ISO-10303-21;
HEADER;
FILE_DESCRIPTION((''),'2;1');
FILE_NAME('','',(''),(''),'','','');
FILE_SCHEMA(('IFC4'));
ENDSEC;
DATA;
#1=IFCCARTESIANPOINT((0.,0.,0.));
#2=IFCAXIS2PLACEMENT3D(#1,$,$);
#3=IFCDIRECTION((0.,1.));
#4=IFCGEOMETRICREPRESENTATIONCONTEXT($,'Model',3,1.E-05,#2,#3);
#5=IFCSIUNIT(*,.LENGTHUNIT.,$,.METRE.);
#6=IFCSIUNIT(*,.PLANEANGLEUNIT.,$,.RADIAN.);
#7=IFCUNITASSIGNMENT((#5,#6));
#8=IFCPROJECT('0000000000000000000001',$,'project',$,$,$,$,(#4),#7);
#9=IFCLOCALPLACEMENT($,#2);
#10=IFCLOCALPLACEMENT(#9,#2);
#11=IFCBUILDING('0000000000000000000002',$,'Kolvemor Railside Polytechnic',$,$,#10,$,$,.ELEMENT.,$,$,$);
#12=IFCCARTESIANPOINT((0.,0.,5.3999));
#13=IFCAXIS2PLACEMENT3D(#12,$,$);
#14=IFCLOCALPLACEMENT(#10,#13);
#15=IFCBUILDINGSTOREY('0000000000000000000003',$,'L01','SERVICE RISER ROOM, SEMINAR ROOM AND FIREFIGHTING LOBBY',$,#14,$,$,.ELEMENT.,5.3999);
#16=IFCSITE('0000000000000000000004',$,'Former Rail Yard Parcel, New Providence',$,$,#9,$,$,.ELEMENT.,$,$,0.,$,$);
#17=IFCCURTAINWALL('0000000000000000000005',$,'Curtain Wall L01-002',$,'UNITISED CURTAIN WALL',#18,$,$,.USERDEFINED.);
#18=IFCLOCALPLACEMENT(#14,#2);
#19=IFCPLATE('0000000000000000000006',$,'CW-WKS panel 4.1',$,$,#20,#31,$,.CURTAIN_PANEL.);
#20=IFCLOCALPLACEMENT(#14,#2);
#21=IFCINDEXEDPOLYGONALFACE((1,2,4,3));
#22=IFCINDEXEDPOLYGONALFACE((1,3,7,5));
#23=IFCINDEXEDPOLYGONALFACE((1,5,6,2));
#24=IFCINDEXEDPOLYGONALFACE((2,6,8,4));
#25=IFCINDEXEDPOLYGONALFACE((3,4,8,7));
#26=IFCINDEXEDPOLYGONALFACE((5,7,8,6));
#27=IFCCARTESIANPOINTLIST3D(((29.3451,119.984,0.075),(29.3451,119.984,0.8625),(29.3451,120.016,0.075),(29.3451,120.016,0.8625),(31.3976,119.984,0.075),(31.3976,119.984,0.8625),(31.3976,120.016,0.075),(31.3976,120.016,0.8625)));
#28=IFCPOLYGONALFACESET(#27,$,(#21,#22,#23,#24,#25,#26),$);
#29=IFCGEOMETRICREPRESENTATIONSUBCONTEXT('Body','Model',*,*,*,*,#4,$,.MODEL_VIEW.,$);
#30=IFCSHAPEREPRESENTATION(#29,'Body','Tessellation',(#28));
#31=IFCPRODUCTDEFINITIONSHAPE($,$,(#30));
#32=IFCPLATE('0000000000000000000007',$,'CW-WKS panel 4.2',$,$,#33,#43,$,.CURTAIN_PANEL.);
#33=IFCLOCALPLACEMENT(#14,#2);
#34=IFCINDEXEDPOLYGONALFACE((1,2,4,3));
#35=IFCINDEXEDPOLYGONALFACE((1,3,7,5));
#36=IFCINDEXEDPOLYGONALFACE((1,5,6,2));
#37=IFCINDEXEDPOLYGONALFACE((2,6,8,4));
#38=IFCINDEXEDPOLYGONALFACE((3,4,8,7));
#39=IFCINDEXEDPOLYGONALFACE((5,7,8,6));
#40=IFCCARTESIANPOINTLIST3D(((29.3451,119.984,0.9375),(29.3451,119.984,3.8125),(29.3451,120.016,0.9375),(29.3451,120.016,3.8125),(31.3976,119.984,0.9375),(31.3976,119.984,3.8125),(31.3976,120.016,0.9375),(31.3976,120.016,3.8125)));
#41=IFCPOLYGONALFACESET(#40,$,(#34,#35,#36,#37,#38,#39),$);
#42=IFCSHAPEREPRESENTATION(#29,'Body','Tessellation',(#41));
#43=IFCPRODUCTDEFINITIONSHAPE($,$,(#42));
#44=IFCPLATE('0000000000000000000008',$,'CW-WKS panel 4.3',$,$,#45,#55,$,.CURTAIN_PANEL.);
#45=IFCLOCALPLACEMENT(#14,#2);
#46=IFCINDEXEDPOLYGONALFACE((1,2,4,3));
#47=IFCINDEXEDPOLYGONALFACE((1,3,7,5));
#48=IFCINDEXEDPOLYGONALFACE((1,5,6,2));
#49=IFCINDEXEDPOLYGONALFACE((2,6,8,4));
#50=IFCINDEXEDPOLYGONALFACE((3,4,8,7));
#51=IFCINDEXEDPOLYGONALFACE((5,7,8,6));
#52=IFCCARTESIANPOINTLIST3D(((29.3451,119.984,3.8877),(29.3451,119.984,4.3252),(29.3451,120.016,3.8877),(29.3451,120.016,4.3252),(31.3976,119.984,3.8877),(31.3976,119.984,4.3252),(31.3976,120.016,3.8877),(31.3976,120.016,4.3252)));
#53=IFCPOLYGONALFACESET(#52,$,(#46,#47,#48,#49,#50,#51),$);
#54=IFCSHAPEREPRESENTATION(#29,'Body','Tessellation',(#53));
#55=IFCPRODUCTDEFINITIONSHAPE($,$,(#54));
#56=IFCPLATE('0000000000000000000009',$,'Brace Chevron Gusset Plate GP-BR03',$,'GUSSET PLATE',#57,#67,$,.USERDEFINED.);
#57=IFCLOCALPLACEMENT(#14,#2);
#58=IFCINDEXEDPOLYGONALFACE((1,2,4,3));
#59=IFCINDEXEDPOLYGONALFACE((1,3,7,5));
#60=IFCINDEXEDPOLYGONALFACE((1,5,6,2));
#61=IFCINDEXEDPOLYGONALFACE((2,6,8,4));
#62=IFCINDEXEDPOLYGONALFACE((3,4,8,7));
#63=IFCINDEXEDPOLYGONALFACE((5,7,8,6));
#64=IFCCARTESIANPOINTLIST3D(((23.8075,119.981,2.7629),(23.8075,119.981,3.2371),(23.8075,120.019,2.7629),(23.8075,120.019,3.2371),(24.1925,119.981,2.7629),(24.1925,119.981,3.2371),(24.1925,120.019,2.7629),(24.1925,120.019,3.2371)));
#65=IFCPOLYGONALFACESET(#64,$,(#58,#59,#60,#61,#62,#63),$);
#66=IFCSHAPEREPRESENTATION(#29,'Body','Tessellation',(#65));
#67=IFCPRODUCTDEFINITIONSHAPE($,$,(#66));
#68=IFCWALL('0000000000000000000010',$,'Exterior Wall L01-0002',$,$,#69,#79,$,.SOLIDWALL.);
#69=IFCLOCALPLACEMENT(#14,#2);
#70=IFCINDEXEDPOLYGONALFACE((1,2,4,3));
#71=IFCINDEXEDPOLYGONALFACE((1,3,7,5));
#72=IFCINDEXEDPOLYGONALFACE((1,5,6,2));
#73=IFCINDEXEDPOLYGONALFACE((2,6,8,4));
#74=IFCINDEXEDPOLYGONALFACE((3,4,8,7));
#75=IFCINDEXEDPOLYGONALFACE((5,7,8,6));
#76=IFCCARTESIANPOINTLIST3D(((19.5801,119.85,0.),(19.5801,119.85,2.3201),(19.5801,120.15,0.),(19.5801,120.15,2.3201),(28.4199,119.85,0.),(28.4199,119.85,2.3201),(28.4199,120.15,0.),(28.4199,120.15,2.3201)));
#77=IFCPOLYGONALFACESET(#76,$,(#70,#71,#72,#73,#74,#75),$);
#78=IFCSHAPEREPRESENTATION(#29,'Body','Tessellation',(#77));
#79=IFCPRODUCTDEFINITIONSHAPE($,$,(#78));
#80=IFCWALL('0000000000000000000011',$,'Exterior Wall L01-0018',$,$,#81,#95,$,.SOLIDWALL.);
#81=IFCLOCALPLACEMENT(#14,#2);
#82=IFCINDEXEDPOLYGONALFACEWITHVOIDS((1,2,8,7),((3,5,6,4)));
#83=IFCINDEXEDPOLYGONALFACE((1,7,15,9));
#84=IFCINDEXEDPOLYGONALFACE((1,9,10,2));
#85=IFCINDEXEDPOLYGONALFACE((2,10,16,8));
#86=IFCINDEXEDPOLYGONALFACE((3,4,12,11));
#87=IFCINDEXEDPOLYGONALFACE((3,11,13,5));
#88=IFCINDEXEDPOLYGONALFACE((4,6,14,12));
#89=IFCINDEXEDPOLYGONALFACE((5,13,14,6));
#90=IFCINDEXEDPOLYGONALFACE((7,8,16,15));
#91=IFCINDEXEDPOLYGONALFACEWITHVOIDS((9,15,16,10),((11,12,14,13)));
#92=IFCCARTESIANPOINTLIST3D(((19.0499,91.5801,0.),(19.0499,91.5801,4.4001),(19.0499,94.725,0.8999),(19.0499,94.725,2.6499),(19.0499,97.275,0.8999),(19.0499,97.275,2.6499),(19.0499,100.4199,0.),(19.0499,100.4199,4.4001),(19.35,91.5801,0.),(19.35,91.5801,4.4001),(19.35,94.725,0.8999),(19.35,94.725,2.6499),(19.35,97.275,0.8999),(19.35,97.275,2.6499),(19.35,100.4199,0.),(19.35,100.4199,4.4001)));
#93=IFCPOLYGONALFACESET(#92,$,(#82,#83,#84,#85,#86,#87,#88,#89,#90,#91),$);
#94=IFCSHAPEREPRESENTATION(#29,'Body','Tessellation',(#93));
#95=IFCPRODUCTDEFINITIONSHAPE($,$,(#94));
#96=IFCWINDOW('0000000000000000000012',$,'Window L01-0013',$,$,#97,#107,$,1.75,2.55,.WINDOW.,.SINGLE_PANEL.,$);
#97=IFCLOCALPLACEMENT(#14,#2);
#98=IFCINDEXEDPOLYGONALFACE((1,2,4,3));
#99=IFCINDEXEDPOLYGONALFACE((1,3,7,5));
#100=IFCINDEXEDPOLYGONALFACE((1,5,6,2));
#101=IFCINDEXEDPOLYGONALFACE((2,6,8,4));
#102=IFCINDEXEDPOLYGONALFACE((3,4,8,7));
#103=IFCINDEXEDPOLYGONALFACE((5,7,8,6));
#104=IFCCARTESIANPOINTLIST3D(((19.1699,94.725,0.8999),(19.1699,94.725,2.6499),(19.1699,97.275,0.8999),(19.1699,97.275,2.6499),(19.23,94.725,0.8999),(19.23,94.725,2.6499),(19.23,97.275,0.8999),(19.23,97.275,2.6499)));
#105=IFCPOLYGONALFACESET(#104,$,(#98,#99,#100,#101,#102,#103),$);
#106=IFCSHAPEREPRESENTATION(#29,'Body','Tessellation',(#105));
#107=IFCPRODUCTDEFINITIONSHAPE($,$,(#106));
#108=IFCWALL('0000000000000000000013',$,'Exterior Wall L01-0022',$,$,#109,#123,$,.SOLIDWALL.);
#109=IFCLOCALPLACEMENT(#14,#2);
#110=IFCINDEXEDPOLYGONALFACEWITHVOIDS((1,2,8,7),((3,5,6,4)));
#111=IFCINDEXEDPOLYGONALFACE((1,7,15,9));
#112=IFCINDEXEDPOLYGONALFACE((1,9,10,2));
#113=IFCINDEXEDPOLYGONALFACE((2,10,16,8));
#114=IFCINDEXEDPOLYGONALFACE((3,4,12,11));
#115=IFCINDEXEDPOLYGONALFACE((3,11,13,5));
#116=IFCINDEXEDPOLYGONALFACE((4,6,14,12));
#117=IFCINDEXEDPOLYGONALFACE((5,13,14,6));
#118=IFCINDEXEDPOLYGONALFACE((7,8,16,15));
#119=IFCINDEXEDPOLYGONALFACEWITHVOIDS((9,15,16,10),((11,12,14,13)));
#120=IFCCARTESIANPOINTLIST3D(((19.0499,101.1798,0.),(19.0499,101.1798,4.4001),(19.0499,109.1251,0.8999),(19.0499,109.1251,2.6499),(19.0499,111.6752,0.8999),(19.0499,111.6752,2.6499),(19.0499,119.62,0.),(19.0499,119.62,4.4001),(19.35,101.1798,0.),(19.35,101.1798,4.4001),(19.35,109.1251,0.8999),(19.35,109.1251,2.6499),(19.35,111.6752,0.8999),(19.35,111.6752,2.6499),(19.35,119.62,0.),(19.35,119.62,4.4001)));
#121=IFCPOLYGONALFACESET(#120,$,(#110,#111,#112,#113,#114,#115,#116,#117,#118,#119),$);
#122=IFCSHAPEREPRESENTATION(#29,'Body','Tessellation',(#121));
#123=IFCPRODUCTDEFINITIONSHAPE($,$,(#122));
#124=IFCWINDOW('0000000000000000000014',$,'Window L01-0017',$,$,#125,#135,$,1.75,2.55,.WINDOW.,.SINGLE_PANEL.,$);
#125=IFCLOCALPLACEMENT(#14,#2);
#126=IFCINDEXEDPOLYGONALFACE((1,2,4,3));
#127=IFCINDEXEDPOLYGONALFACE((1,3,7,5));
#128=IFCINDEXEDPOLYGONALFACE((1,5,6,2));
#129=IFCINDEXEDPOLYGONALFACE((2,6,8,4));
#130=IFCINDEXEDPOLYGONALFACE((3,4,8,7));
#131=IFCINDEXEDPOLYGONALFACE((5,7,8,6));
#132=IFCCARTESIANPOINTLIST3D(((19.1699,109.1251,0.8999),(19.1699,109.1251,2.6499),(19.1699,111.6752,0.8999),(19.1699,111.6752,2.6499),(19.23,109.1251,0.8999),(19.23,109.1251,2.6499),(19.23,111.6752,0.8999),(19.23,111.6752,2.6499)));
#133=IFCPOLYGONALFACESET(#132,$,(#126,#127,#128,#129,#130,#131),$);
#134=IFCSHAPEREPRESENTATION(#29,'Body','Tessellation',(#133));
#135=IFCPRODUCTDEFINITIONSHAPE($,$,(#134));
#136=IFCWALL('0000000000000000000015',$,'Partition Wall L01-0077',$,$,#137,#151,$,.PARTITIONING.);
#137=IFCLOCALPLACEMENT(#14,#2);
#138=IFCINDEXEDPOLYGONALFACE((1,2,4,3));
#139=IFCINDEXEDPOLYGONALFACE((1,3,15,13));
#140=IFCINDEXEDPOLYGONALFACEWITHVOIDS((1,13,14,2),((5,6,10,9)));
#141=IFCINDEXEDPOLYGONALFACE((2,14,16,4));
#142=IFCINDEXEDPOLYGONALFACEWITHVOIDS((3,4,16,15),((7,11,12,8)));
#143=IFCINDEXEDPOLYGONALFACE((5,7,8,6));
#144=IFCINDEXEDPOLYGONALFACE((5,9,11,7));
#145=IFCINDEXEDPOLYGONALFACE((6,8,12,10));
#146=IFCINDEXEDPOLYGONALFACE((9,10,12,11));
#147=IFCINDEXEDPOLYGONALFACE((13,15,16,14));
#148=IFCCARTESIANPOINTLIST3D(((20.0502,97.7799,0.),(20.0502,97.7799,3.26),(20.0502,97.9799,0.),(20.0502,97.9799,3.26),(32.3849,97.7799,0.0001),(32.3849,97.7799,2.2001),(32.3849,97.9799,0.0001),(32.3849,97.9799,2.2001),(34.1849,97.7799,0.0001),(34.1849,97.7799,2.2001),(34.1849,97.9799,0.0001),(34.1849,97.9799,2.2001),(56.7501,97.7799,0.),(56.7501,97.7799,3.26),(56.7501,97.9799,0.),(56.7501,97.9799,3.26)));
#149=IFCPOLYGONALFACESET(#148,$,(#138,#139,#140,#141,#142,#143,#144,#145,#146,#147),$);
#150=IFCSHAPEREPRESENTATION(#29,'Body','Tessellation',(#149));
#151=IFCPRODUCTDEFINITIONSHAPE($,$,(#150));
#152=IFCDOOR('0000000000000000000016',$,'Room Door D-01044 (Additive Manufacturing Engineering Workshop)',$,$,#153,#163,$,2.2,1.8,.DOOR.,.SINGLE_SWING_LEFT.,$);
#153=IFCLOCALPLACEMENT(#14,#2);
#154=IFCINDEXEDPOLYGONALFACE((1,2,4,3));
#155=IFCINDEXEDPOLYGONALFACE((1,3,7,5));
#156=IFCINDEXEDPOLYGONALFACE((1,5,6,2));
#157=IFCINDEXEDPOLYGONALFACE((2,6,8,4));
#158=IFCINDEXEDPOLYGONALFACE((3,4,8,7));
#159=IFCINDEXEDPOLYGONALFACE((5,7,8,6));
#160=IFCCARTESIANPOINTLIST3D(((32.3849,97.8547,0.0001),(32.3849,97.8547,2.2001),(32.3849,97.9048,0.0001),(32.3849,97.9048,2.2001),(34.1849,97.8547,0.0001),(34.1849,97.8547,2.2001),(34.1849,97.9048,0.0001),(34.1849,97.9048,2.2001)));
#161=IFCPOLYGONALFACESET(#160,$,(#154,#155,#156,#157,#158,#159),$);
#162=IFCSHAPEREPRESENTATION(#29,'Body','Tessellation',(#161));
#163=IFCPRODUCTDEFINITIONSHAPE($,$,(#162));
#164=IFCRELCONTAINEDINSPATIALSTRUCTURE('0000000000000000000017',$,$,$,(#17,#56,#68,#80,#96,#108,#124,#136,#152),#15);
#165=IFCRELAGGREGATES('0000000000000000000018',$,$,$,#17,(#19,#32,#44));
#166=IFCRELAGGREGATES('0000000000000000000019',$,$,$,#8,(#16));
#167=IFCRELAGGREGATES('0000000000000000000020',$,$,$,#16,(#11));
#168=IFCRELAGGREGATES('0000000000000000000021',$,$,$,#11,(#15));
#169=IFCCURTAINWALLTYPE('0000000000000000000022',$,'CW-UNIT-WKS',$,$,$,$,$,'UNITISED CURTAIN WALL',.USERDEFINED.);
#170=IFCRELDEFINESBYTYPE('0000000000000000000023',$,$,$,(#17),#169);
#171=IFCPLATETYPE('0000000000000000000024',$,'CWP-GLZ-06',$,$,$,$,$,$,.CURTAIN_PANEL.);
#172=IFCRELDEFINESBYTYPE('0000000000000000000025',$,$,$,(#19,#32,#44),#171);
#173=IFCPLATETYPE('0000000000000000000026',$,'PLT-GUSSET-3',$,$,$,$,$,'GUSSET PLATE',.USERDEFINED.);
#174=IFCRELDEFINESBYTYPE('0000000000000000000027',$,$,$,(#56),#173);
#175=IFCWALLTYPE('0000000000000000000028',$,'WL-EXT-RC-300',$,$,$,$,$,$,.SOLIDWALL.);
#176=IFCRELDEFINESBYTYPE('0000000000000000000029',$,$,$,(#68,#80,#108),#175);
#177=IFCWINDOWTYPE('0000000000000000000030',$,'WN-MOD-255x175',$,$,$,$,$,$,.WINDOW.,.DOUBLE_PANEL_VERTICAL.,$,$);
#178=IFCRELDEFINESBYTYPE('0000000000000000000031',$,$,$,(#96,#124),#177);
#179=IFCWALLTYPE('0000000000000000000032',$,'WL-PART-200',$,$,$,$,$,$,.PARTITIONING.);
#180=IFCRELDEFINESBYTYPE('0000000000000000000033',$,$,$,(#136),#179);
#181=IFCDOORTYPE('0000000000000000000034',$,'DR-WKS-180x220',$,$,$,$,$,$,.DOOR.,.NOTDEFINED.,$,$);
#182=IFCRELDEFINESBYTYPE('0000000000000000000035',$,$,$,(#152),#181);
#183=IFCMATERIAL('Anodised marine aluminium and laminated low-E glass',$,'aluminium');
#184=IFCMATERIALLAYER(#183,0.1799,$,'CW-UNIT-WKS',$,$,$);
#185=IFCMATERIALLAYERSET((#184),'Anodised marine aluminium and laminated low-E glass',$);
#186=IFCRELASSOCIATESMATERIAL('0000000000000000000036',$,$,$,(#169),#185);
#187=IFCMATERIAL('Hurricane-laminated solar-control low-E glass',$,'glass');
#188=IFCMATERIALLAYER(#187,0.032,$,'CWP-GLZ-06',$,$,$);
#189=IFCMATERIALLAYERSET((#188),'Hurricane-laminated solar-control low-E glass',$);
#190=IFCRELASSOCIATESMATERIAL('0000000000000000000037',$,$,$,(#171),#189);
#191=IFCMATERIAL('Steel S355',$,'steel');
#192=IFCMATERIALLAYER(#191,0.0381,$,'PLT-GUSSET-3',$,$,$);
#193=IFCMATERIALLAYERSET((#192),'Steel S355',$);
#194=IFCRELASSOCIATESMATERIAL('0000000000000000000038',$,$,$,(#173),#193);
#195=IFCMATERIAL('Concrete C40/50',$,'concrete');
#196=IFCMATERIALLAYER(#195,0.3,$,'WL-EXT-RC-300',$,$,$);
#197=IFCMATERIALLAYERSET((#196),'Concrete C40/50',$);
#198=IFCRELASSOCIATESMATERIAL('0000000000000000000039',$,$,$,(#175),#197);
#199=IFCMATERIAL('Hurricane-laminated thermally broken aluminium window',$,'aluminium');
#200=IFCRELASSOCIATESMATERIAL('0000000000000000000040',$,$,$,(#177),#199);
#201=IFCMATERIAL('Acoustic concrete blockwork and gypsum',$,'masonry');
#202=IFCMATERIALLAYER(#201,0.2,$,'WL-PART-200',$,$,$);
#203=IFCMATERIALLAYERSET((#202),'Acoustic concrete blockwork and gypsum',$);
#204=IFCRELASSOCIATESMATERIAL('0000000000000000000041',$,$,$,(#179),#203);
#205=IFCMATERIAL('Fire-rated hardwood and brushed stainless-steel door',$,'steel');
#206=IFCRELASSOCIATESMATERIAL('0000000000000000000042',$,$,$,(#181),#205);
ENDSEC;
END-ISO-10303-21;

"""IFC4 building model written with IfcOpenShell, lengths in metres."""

from ifc_helpers import new_model, si_unit, direction, frame, frame_2d, origin, origin_2d, place, context, subcontext, project, spatial, rectangle, extrude, material, layer, layer_set, type_object, element, fill, aggregate, save


model = new_model("IFC4")

# Units and contexts
model_context = context("Model", 3, precision=1e-05, world=origin(), true_north=direction((0.0, 1.0)))
body_context = subcontext(model_context, "Body", "Model", "MODEL_VIEW")
ifc_project = project(units=[si_unit("LENGTHUNIT", "METRE"), si_unit("PLANEANGLEUNIT", "RADIAN")], contexts=[model_context])

# Site, building, storey
site_placement = place(None, origin())
site = spatial("IfcSite", under=ifc_project, at=site_placement, Name="Former Rail Yard Parcel, New Providence", CompositionType="ELEMENT", RefElevation=0.0)
building_placement = place(site_placement, origin())
building = spatial("IfcBuilding", under=site, at=building_placement, Name="Kolvemor Railside Polytechnic", CompositionType="ELEMENT")
storey_placement = place(building_placement, frame((0.0, 0.0, 5.3999)))
storey = spatial("IfcBuildingStorey", under=building, at=storey_placement, Name="L01", Description="SERVICE RISER ROOM, SEMINAR ROOM AND FIREFIGHTING LOBBY", CompositionType="ELEMENT", Elevation=5.3999)

# Curtain wall
ifc_material_1 = material(Name="Anodised marine aluminium and laminated low-E glass", Category="aluminium")
ifc_layer_1 = layer(ifc_material_1, 0.1799, Name="CW-UNIT-WKS")
ifc_layer_set_1 = layer_set([ifc_layer_1], Name="Anodised marine aluminium and laminated low-E glass")
curtain_wall_type = type_object("IfcCurtainWallType", Name="CW-UNIT-WKS", ElementType="UNITISED CURTAIN WALL", PredefinedType="USERDEFINED", material=ifc_layer_set_1)
curtain_wall_placement = place(storey_placement, origin())
curtain_wall = element("IfcCurtainWall", 1, at=curtain_wall_placement, inside=storey, type_object=curtain_wall_type, Name="Curtain Wall L01-002", ObjectType="UNITISED CURTAIN WALL", PredefinedType="USERDEFINED")

# Plates
ifc_material_2 = material(Name="Hurricane-laminated solar-control low-E glass", Category="glass")
ifc_layer_2 = layer(ifc_material_2, 0.032, Name="CWP-GLZ-06")
ifc_layer_set_2 = layer_set([ifc_layer_2], Name="Hurricane-laminated solar-control low-E glass")
plate_type_1 = type_object("IfcPlateType", Name="CWP-GLZ-06", PredefinedType="CURTAIN_PANEL", material=ifc_layer_set_2)
plate_1_placement = place(storey_placement, frame((30.3713, 120.0, 0.075), z_axis=(0.0, 0.0, 1.0), x_axis=(-1.0, 0.0, 0.0)))
plate_1 = element("IfcPlate", 2, at=plate_1_placement, type_object=plate_type_1, Name="CW-WKS panel 4.1", PredefinedType="CURTAIN_PANEL", context=body_context, shape_type="SweptSolid", body=[
    extrude(rectangle(XDim=2.0525, YDim=0.032, at=origin_2d()), origin(), (0.0, 0.0, 1.0), 0.7876),
])
plate_2_placement = place(storey_placement, frame((30.3713, 120.0, 0.9375), z_axis=(0.0, 0.0, 1.0), x_axis=(-1.0, 0.0, 0.0)))
plate_2 = element("IfcPlate", 3, at=plate_2_placement, type_object=plate_type_1, Name="CW-WKS panel 4.2", PredefinedType="CURTAIN_PANEL", context=body_context, shape_type="SweptSolid", body=[
    extrude(rectangle(XDim=2.0525, YDim=0.032, at=origin_2d()), origin(), (0.0, 0.0, 1.0), 2.875),
])
plate_3_placement = place(storey_placement, frame((30.3713, 120.0, 3.8877), z_axis=(0.0, 0.0, 1.0), x_axis=(-1.0, 0.0, 0.0)))
plate_3 = element("IfcPlate", 4, at=plate_3_placement, type_object=plate_type_1, Name="CW-WKS panel 4.3", PredefinedType="CURTAIN_PANEL", context=body_context, shape_type="SweptSolid", body=[
    extrude(rectangle(XDim=2.0525, YDim=0.032, at=origin_2d()), origin(), (0.0, 0.0, 1.0), 0.4375),
])
aggregate(curtain_wall, [plate_1, plate_2, plate_3])
ifc_material_3 = material(Name="Steel S355", Category="steel")
ifc_layer_3 = layer(ifc_material_3, 0.0381, Name="PLT-GUSSET-3")
ifc_layer_set_3 = layer_set([ifc_layer_3], Name="Steel S355")
plate_type_2 = type_object("IfcPlateType", Name="PLT-GUSSET-3", ElementType="GUSSET PLATE", PredefinedType="USERDEFINED", material=ifc_layer_set_3)
plate_4_placement = place(storey_placement, frame((24.0, 120.0, 2.7629), z_axis=(0.0, 0.0, 1.0), x_axis=(1.0, 0.0, 0.0)))
element("IfcPlate", 5, at=plate_4_placement, inside=storey, type_object=plate_type_2, Name="Brace Chevron Gusset Plate GP-BR03", ObjectType="GUSSET PLATE", PredefinedType="USERDEFINED", context=body_context, shape_type="SweptSolid", body=[
    extrude(rectangle(XDim=0.385, YDim=0.0381, at=origin_2d()), origin(), (0.0, 0.0, 1.0), 0.4741),
])

# Wall
ifc_material_4 = material(Name="Concrete C40/50", Category="concrete")
ifc_layer_4 = layer(ifc_material_4, 0.3, Name="WL-EXT-RC-300")
ifc_layer_set_4 = layer_set([ifc_layer_4], Name="Concrete C40/50")
wall_type_1 = type_object("IfcWallType", Name="WL-EXT-RC-300", PredefinedType="SOLIDWALL", material=ifc_layer_set_4)
wall_1_placement = place(storey_placement, frame((28.4199, 120.0, 0.0), z_axis=(0.0, 0.0, 1.0), x_axis=(-1.0, 0.0, 0.0)))
element("IfcWall", 6, at=wall_1_placement, inside=storey, type_object=wall_type_1, Name="Exterior Wall L01-0002", PredefinedType="SOLIDWALL", context=body_context, shape_type="SweptSolid", body=[
    extrude(rectangle(XDim=8.8398, YDim=0.3, at=frame_2d((4.4199, 0.0))), origin(), (0.0, 0.0, 1.0), 2.3201),
])

# Walls, openings, windows
wall_2_placement = place(storey_placement, frame((19.2, 100.4199, 0.0), z_axis=(0.0, 0.0, 1.0), x_axis=(0.0, -1.0, 0.0)))
wall_2 = element("IfcWall", 7, at=wall_2_placement, inside=storey, type_object=wall_type_1, Name="Exterior Wall L01-0018", PredefinedType="SOLIDWALL", context=body_context, shape_type="SweptSolid", body=[
    extrude(rectangle(XDim=8.8398, YDim=0.3, at=frame_2d((4.4199, 0.0))), origin(), (0.0, 0.0, 1.0), 4.4001),
])
opening_1_placement = place(wall_2_placement, frame((3.145, 0.0, 0.8999)))
opening_1 = element("IfcOpeningElement", 8, at=opening_1_placement, cuts=wall_2, PredefinedType="OPENING", context=body_context, shape_type="SweptSolid", body=[
    extrude(rectangle(XDim=2.55, YDim=1.75, at=frame_2d((1.2749, 0.875))), frame((0.0, 0.1599, 0.0), z_axis=(0.0, -1.0, 0.0), x_axis=(1.0, 0.0, 0.0)), (0.0, 0.0, 1.0), 0.3201),
])
ifc_material_5 = material(Name="Hurricane-laminated thermally broken aluminium window", Category="aluminium")
window_type = type_object("IfcWindowType", Name="WN-MOD-255x175", PartitioningType="DOUBLE_PANEL_VERTICAL", PredefinedType="WINDOW", material=ifc_material_5)
window_1_placement = place(opening_1_placement, origin())
window_1 = element("IfcWindow", 9, at=window_1_placement, inside=storey, type_object=window_type, Name="Window L01-0013", OverallHeight=1.75, OverallWidth=2.55, PartitioningType="SINGLE_PANEL", PredefinedType="WINDOW", context=body_context, shape_type="SweptSolid", body=[
    extrude(rectangle(XDim=2.55, YDim=1.75, at=frame_2d((1.2749, 0.875))), frame((0.0, 0.03, 0.0), z_axis=(0.0, -1.0, 0.0), x_axis=(1.0, 0.0, 0.0)), (0.0, 0.0, 1.0), 0.0601),
])
fill(opening_1, window_1)
wall_3_placement = place(storey_placement, frame((19.2, 119.6201, 0.0), z_axis=(0.0, 0.0, 1.0), x_axis=(0.0, -1.0, 0.0)))
wall_3 = element("IfcWall", 10, at=wall_3_placement, inside=storey, type_object=wall_type_1, Name="Exterior Wall L01-0022", PredefinedType="SOLIDWALL", context=body_context, shape_type="SweptSolid", body=[
    extrude(rectangle(XDim=18.4402, YDim=0.3, at=frame_2d((9.2202, 0.0))), origin(), (0.0, 0.0, 1.0), 4.4001),
])
opening_2_placement = place(wall_3_placement, frame((7.9451, 0.0, 0.8999)))
opening_2 = element("IfcOpeningElement", 11, at=opening_2_placement, cuts=wall_3, PredefinedType="OPENING", context=body_context, shape_type="SweptSolid", body=[
    extrude(rectangle(XDim=2.55, YDim=1.75, at=frame_2d((1.2749, 0.875))), frame((0.0, 0.1599, 0.0), z_axis=(0.0, -1.0, 0.0), x_axis=(1.0, 0.0, 0.0)), (0.0, 0.0, 1.0), 0.3201),
])
window_2_placement = place(opening_2_placement, origin())
window_2 = element("IfcWindow", 12, at=window_2_placement, inside=storey, type_object=window_type, Name="Window L01-0017", OverallHeight=1.75, OverallWidth=2.55, PartitioningType="SINGLE_PANEL", PredefinedType="WINDOW", context=body_context, shape_type="SweptSolid", body=[
    extrude(rectangle(XDim=2.55, YDim=1.75, at=frame_2d((1.2749, 0.875))), frame((0.0, 0.03, 0.0), z_axis=(0.0, -1.0, 0.0), x_axis=(1.0, 0.0, 0.0)), (0.0, 0.0, 1.0), 0.0601),
])
fill(opening_2, window_2)

# Wall, opening, door
ifc_material_6 = material(Name="Acoustic concrete blockwork and gypsum", Category="masonry")
ifc_layer_5 = layer(ifc_material_6, 0.2, Name="WL-PART-200")
ifc_layer_set_5 = layer_set([ifc_layer_5], Name="Acoustic concrete blockwork and gypsum")
wall_type_2 = type_object("IfcWallType", Name="WL-PART-200", PredefinedType="PARTITIONING", material=ifc_layer_set_5)
wall_4_placement = place(storey_placement, frame((20.05, 97.8799, 0.0), z_axis=(0.0, 0.0, 1.0), x_axis=(1.0, 0.0, 0.0)))
wall_4 = element("IfcWall", 13, at=wall_4_placement, inside=storey, type_object=wall_type_2, Name="Partition Wall L01-0077", PredefinedType="PARTITIONING", context=body_context, shape_type="SweptSolid", body=[
    extrude(rectangle(XDim=36.7, YDim=0.2, at=frame_2d((18.3501, 0.0))), origin(), (0.0, 0.0, 1.0), 3.26),
])
opening_3_placement = place(wall_4_placement, frame((12.335, 0.0, 0.0)))
opening_3 = element("IfcOpeningElement", 14, at=opening_3_placement, cuts=wall_4, PredefinedType="OPENING", context=body_context, shape_type="SweptSolid", body=[
    extrude(rectangle(XDim=1.8, YDim=2.2, at=frame_2d((0.8999, 1.1001))), frame((0.0, 0.1099, 0.0), z_axis=(0.0, -1.0, 0.0), x_axis=(1.0, 0.0, 0.0)), (0.0, 0.0, 1.0), 0.22),
])
ifc_material_7 = material(Name="Fire-rated hardwood and brushed stainless-steel door", Category="steel")
door_type = type_object("IfcDoorType", Name="DR-WKS-180x220", OperationType="NOTDEFINED", PredefinedType="DOOR", material=ifc_material_7)
door_placement = place(opening_3_placement, origin())
door = element("IfcDoor", 15, at=door_placement, inside=storey, type_object=door_type, Name="Room Door D-01044 (Additive Manufacturing Engineering Workshop)", OperationType="SINGLE_SWING_LEFT", OverallHeight=2.2, OverallWidth=1.8, PredefinedType="DOOR", context=body_context, shape_type="SweptSolid", body=[
    extrude(rectangle(XDim=1.8, YDim=2.2, at=frame_2d((0.8999, 1.1001))), frame((0.0, 0.0249, 0.0), z_axis=(0.0, -1.0, 0.0), x_axis=(1.0, 0.0, 0.0)), (0.0, 0.0, 1.0), 0.05),
])
fill(opening_3, door)

save(model, "model.ifc")
